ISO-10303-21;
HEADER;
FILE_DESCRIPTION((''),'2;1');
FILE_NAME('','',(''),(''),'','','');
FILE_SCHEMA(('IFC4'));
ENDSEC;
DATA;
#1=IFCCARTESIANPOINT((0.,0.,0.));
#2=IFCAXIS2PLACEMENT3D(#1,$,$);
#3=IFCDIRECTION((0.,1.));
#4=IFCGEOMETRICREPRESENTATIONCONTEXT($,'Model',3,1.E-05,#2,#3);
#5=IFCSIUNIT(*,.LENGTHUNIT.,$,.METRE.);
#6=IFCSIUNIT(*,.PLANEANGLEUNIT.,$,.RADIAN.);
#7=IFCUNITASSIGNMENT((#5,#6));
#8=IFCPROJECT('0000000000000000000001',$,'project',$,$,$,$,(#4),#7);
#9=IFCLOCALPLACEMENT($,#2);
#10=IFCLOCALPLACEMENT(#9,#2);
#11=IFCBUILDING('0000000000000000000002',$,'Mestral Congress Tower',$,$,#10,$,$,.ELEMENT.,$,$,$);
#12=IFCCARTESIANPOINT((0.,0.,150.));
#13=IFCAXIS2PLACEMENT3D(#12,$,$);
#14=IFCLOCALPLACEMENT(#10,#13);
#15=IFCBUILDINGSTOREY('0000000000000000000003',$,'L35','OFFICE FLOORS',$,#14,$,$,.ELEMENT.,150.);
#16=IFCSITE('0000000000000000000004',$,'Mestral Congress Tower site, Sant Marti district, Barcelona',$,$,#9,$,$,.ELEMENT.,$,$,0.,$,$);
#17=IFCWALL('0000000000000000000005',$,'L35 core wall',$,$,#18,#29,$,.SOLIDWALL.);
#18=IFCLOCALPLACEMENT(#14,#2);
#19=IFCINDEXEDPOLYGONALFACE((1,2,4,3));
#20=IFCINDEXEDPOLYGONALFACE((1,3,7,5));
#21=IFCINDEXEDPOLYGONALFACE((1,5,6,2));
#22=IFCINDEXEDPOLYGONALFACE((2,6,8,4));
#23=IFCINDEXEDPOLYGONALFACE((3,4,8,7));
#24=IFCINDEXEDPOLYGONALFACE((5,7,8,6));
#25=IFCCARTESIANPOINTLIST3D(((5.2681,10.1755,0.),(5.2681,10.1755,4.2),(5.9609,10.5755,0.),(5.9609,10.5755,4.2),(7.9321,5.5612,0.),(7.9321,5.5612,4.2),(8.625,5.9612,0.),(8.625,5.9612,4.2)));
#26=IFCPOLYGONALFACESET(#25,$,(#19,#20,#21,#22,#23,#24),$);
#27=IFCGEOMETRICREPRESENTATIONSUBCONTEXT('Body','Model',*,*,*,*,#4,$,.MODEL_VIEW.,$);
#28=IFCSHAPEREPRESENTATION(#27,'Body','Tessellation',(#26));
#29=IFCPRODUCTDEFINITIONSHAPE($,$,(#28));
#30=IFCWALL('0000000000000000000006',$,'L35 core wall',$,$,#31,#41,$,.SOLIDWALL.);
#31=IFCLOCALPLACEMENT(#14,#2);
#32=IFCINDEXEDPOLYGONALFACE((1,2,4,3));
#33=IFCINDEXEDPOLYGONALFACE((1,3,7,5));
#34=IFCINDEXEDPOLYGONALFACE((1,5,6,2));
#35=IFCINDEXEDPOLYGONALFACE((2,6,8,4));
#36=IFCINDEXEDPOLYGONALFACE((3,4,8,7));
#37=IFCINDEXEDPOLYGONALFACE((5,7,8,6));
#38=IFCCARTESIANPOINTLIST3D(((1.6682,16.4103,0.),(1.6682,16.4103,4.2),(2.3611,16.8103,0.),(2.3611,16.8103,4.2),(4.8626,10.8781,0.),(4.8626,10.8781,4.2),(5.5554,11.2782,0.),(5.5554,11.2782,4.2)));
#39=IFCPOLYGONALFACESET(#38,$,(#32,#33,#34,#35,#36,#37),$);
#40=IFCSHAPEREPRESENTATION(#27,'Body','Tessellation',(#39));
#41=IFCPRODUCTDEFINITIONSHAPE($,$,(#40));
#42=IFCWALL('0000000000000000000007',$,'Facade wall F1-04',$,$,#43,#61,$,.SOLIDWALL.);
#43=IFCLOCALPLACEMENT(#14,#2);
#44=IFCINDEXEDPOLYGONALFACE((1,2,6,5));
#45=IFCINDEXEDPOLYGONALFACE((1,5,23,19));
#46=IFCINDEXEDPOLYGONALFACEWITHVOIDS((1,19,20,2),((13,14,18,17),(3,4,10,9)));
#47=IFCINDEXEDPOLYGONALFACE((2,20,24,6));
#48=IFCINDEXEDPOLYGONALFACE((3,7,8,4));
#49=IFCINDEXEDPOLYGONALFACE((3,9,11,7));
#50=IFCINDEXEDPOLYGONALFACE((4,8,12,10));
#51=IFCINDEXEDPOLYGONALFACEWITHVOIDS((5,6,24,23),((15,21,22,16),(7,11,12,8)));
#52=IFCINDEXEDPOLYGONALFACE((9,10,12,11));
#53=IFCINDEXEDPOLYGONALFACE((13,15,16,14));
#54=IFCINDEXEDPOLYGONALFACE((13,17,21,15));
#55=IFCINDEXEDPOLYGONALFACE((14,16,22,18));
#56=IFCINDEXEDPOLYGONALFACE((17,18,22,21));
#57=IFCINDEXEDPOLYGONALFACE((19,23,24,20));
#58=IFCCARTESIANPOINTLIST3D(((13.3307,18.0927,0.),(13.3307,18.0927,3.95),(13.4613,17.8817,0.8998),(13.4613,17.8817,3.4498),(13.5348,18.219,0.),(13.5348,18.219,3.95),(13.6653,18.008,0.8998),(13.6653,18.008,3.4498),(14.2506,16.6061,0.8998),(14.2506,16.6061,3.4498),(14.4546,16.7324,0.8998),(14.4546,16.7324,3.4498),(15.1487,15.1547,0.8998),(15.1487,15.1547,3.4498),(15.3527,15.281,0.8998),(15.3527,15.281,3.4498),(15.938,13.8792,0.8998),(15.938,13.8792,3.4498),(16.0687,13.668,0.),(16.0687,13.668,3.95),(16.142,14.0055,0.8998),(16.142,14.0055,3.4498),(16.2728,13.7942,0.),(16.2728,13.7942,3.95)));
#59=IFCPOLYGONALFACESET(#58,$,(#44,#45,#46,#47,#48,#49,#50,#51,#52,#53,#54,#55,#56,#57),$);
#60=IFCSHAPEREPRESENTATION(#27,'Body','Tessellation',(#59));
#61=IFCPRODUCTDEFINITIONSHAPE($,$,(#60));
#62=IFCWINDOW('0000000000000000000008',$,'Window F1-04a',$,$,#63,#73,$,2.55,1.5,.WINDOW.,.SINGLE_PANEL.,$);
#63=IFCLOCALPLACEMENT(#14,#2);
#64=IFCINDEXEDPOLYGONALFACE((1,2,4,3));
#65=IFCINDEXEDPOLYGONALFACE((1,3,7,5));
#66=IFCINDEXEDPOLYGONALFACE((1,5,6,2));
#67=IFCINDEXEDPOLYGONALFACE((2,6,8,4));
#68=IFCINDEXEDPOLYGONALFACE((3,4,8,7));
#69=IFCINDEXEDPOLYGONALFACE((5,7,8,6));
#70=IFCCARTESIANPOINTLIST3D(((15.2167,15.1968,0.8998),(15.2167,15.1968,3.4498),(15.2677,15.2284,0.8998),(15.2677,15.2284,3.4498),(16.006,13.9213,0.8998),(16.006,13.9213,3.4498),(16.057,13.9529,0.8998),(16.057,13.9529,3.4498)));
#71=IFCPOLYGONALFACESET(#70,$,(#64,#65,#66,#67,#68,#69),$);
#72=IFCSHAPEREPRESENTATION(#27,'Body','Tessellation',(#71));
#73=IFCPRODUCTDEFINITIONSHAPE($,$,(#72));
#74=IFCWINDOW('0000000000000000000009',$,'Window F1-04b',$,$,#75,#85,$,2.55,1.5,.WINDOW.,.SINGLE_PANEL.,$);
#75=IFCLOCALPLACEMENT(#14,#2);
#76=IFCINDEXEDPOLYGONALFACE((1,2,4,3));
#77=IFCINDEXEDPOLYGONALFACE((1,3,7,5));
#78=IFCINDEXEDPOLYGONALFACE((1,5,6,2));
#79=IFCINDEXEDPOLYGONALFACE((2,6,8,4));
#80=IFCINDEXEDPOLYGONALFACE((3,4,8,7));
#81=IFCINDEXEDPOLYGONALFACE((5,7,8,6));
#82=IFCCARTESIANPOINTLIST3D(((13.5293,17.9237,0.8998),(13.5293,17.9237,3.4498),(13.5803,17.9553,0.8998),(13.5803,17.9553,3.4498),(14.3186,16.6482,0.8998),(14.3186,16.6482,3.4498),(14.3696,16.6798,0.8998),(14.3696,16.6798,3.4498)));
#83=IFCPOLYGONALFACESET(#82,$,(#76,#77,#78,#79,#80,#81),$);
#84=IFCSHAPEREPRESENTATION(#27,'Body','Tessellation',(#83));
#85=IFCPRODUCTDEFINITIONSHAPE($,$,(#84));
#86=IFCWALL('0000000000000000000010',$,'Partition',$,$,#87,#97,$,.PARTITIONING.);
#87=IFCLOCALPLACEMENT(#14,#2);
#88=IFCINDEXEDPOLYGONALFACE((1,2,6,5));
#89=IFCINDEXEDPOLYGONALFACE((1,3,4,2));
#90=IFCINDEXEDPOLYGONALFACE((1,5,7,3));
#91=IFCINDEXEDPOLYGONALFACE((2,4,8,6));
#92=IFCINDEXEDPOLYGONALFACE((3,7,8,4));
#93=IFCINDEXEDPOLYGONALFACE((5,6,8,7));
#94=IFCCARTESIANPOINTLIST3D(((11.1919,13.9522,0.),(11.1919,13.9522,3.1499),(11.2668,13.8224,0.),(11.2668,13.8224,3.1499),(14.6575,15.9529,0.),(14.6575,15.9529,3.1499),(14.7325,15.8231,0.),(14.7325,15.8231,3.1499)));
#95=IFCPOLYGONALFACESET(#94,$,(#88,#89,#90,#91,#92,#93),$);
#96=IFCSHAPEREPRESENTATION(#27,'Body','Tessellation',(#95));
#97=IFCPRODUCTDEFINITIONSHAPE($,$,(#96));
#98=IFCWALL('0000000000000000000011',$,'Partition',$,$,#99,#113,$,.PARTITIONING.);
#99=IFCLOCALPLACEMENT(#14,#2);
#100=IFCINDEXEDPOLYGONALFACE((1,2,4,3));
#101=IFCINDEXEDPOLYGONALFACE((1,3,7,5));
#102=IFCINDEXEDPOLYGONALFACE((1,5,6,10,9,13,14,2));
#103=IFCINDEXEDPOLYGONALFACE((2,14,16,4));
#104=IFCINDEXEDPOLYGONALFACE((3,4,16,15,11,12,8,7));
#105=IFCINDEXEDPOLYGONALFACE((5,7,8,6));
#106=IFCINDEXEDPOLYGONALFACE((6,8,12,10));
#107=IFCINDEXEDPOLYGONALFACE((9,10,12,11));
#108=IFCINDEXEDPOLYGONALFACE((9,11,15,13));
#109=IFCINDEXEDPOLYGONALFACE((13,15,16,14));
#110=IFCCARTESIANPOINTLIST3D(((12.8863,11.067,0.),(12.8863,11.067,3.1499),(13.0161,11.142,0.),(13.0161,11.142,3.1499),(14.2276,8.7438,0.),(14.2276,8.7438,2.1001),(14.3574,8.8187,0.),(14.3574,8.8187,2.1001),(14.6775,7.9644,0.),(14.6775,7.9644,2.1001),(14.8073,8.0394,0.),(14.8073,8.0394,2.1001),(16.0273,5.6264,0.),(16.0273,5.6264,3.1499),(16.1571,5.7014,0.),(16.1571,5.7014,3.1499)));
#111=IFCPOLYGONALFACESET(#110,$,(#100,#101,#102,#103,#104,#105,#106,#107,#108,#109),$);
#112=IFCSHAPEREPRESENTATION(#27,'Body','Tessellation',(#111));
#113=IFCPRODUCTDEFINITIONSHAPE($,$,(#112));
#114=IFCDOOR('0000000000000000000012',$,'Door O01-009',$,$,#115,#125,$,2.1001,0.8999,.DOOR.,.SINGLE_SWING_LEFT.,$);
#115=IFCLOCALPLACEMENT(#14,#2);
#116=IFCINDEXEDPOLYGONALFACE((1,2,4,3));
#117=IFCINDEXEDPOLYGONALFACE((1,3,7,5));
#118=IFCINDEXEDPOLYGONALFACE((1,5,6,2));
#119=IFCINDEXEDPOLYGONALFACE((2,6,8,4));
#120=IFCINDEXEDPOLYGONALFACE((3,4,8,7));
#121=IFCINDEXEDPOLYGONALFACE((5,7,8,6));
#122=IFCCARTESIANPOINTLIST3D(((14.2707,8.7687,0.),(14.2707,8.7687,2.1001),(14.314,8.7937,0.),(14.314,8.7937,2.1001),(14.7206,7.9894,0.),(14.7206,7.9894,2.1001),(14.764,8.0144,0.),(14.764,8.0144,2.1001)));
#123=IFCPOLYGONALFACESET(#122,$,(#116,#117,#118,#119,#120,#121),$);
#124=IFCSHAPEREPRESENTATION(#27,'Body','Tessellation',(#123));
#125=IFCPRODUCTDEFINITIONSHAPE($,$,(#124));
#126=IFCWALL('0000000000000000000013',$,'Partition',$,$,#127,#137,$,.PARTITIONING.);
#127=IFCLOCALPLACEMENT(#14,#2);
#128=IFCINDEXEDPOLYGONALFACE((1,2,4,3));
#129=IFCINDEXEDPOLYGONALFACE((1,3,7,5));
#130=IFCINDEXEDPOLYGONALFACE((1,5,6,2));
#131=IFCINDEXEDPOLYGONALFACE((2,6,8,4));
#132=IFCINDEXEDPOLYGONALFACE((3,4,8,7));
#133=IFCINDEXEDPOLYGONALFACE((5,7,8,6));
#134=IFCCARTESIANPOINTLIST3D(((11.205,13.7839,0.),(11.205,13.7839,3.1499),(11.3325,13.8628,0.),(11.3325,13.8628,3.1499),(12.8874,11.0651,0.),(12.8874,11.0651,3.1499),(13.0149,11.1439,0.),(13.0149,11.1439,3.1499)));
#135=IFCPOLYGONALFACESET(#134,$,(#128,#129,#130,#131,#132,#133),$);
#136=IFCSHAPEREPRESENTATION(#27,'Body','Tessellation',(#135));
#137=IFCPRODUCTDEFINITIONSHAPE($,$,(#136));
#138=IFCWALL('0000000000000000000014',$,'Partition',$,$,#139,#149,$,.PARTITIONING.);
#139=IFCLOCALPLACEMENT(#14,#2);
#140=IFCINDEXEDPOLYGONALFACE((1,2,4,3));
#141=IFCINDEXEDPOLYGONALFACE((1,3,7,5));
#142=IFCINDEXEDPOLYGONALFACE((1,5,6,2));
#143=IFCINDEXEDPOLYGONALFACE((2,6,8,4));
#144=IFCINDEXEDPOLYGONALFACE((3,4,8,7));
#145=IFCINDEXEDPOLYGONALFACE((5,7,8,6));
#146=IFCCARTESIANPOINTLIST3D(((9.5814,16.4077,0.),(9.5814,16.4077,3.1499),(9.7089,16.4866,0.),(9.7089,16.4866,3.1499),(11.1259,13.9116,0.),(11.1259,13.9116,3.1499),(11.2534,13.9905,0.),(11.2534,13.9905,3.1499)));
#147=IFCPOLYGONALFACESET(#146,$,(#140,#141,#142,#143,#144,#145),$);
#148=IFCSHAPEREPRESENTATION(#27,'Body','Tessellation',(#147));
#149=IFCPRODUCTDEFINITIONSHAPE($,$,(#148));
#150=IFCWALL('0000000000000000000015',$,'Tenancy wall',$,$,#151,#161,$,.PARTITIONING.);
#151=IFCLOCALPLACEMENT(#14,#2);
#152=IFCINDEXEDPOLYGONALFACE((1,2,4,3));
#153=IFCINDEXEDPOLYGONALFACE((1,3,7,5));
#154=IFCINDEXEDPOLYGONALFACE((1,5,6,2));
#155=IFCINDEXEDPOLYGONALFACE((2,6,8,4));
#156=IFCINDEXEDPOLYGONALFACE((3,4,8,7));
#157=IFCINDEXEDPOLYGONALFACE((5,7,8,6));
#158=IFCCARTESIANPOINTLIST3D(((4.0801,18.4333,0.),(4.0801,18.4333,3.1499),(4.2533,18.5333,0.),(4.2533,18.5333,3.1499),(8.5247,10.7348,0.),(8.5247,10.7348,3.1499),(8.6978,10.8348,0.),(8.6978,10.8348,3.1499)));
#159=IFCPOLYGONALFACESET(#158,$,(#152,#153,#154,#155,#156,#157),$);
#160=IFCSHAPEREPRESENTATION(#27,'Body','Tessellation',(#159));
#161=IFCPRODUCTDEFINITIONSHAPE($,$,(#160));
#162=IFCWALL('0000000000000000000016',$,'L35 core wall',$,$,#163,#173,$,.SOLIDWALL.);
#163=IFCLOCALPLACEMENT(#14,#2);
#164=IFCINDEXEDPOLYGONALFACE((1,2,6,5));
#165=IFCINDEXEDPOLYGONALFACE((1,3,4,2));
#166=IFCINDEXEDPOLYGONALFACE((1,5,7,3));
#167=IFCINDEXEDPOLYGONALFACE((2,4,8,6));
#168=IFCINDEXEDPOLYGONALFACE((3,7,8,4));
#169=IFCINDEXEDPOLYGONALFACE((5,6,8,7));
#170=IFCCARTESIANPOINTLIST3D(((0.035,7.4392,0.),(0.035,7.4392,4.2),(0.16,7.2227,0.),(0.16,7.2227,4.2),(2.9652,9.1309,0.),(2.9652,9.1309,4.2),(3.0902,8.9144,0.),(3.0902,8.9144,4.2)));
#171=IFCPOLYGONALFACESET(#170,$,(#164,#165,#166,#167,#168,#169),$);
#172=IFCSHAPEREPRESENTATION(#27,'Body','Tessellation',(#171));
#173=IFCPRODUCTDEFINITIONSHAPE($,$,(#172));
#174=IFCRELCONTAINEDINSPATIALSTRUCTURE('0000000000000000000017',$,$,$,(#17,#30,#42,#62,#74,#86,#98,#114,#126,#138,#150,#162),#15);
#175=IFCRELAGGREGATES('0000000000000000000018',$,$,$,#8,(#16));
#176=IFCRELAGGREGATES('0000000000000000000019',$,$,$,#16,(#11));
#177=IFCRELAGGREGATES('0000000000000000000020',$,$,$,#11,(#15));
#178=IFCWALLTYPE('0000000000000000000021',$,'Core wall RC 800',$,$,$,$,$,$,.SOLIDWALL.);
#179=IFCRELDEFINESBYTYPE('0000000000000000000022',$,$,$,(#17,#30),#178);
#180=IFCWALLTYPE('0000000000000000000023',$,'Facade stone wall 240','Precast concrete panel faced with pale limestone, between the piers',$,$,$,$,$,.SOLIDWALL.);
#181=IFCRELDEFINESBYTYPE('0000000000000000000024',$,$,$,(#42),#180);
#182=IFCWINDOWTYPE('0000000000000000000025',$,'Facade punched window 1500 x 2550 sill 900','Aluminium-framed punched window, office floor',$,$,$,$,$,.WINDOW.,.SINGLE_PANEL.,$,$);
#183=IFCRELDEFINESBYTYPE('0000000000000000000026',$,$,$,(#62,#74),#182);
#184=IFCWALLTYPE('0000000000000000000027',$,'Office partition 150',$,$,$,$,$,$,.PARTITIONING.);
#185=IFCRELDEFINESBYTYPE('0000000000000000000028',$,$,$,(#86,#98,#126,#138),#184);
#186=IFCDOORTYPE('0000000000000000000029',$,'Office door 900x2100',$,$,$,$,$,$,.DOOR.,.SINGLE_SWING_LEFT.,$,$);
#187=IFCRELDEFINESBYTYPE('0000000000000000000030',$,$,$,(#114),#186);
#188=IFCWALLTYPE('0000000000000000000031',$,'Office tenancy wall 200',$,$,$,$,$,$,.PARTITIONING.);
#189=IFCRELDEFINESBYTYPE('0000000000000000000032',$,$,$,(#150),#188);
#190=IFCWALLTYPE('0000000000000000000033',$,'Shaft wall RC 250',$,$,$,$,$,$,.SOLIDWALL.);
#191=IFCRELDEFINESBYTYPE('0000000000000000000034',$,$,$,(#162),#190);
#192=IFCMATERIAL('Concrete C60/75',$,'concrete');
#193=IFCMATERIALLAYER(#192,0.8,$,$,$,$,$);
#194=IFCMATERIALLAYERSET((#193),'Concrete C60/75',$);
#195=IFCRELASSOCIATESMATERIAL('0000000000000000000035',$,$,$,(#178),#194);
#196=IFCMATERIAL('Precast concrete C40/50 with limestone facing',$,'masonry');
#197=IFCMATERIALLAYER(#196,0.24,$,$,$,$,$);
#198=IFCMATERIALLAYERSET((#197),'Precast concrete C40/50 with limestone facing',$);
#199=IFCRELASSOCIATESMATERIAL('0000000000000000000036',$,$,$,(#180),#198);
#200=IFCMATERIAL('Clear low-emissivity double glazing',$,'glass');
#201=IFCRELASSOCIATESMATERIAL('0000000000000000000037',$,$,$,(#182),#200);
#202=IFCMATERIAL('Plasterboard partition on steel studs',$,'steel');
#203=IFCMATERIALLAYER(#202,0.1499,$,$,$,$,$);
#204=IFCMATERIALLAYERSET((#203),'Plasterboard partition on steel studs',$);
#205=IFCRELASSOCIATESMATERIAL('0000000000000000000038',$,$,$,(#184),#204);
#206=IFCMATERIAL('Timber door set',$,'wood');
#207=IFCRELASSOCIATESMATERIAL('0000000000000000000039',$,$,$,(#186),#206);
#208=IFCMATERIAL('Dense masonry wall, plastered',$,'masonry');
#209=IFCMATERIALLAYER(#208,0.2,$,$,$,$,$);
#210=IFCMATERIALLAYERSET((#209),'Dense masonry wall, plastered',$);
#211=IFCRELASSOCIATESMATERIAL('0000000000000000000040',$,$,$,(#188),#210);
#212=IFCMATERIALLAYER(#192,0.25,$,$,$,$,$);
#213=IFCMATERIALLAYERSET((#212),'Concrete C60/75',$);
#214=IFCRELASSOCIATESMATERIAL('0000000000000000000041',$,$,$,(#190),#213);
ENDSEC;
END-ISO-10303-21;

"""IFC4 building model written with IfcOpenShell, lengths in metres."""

from ifc_helpers import new_model, si_unit, direction, frame, frame_2d, origin, place, context, subcontext, project, spatial, rectangle, extrude, material, layer, layer_set, type_object, element, fill, save


model = new_model("IFC4")

# Units and contexts
model_context = context("Model", 3, precision=1e-05, world=origin(), true_north=direction((0.0, 1.0)))
body_context = subcontext(model_context, "Body", "Model", "MODEL_VIEW")
ifc_project = project(units=[si_unit("LENGTHUNIT", "METRE"), si_unit("PLANEANGLEUNIT", "RADIAN")], contexts=[model_context])

# Site, building, storey
site_placement = place(None, origin())
site = spatial("IfcSite", under=ifc_project, at=site_placement, Name="Mestral Congress Tower site, Sant Marti district, Barcelona", CompositionType="ELEMENT", RefElevation=0.0)
building_placement = place(site_placement, origin())
building = spatial("IfcBuilding", under=site, at=building_placement, Name="Mestral Congress Tower", CompositionType="ELEMENT")
storey_placement = place(building_placement, frame((0.0, 0.0, 150.0)))
storey = spatial("IfcBuildingStorey", under=building, at=storey_placement, Name="L35", Description="OFFICE FLOORS", CompositionType="ELEMENT", Elevation=150.0)

# Shared definitions
ifc_material_1 = material(Name="Concrete C60/75", Category="concrete")

# Walls
ifc_layer_1 = layer(ifc_material_1, 0.8)
ifc_layer_set_1 = layer_set([ifc_layer_1], Name="Concrete C60/75")
wall_type_1 = type_object("IfcWallType", Name="Core wall RC 800", PredefinedType="SOLIDWALL", material=ifc_layer_set_1)
wall_1_placement = place(storey_placement, frame((5.6145, 10.3755, 0.0), z_axis=(0.0, 0.0, 1.0), x_axis=(0.500003, -0.866024, 0.0)))
element("IfcWall", 1, at=wall_1_placement, inside=storey, type_object=wall_type_1, Name="L35 core wall", PredefinedType="SOLIDWALL", context=body_context, shape_type="SweptSolid", body=[
    extrude(rectangle(XDim=5.3281, YDim=0.8, at=frame_2d((2.6641, 0.0))), origin(), (0.0, 0.0, 1.0), 4.2),
])
wall_2_placement = place(storey_placement, frame((5.209, 11.0781, 0.0), z_axis=(0.0, 0.0, 1.0), x_axis=(-0.500036, 0.866005, 0.0)))
element("IfcWall", 2, at=wall_2_placement, inside=storey, type_object=wall_type_1, Name="L35 core wall", PredefinedType="SOLIDWALL", context=body_context, shape_type="SweptSolid", body=[
    extrude(rectangle(XDim=6.3882, YDim=0.8, at=frame_2d((3.1941, 0.0))), origin(), (0.0, 0.0, 1.0), 4.2),
])

# Wall, openings, windows
ifc_material_2 = material(Name="Precast concrete C40/50 with limestone facing", Category="masonry")
ifc_layer_2 = layer(ifc_material_2, 0.24)
ifc_layer_set_2 = layer_set([ifc_layer_2], Name="Precast concrete C40/50 with limestone facing")
wall_type_2 = type_object("IfcWallType", Name="Facade stone wall 240", Description="Precast concrete panel faced with pale limestone, between the piers", PredefinedType="SOLIDWALL", material=ifc_layer_set_2)
wall_3_placement = place(storey_placement, frame((16.1707, 13.7312, 0.0), z_axis=(0.0, 0.0, 1.0), x_axis=(-0.526198, 0.850362, 0.0)))
wall_3 = element("IfcWall", 3, at=wall_3_placement, inside=storey, type_object=wall_type_2, Name="Facade wall F1-04", PredefinedType="SOLIDWALL", context=body_context, shape_type="SweptSolid", body=[
    extrude(rectangle(XDim=5.2034, YDim=0.24, at=frame_2d((2.6016, 0.0))), origin(), (0.0, 0.0, 1.0), 3.95),
])
opening_1_placement = place(wall_3_placement, frame((0.2483, 0.0, 0.8999)))
opening_1 = element("IfcOpeningElement", 4, at=opening_1_placement, cuts=wall_3, PredefinedType="OPENING", context=body_context, shape_type="SweptSolid", body=[
    extrude(rectangle(XDim=1.5, YDim=2.55, at=frame_2d((0.75, 1.2749))), frame((0.0, 0.1299, 0.0), z_axis=(0.0, -1.0, 0.0), x_axis=(1.0, 0.0, 0.0)), (0.0, 0.0, 1.0), 0.26),
])
opening_2_placement = place(wall_3_placement, frame((3.4551, 0.0, 0.8999)))
opening_2 = element("IfcOpeningElement", 5, at=opening_2_placement, cuts=wall_3, PredefinedType="OPENING", context=body_context, shape_type="SweptSolid", body=[
    extrude(rectangle(XDim=1.5, YDim=2.55, at=frame_2d((0.75, 1.2749))), frame((0.0, 0.1299, 0.0), z_axis=(0.0, -1.0, 0.0), x_axis=(1.0, 0.0, 0.0)), (0.0, 0.0, 1.0), 0.26),
])
ifc_material_3 = material(Name="Clear low-emissivity double glazing", Category="glass")
window_type = type_object("IfcWindowType", Name="Facade punched window 1500 x 2550 sill 900", Description="Aluminium-framed punched window, office floor", PartitioningType="SINGLE_PANEL", PredefinedType="WINDOW", material=ifc_material_3)
window_1_placement = place(opening_1_placement, origin())
window_1 = element("IfcWindow", 6, at=window_1_placement, inside=storey, type_object=window_type, Name="Window F1-04a", OverallHeight=2.55, OverallWidth=1.5, PartitioningType="SINGLE_PANEL", PredefinedType="WINDOW", context=body_context, shape_type="SweptSolid", body=[
    extrude(rectangle(XDim=1.5, YDim=2.55, at=frame_2d((0.75, 1.2749))), frame((0.0, 0.04, 0.0), z_axis=(0.0, -1.0, 0.0), x_axis=(1.0, 0.0, 0.0)), (0.0, 0.0, 1.0), 0.0601),
])
fill(opening_1, window_1)
window_2_placement = place(opening_2_placement, origin())
window_2 = element("IfcWindow", 7, at=window_2_placement, inside=storey, type_object=window_type, Name="Window F1-04b", OverallHeight=2.55, OverallWidth=1.5, PartitioningType="SINGLE_PANEL", PredefinedType="WINDOW", context=body_context, shape_type="SweptSolid", body=[
    extrude(rectangle(XDim=1.5, YDim=2.55, at=frame_2d((0.75, 1.2749))), frame((0.0, 0.04, 0.0), z_axis=(0.0, -1.0, 0.0), x_axis=(1.0, 0.0, 0.0)), (0.0, 0.0, 1.0), 0.0601),
])
fill(opening_2, window_2)

# Wall
ifc_material_4 = material(Name="Plasterboard partition on steel studs", Category="steel")
ifc_layer_3 = layer(ifc_material_4, 0.1499)
ifc_layer_set_3 = layer_set([ifc_layer_3], Name="Plasterboard partition on steel studs")
wall_type_3 = type_object("IfcWallType", Name="Office partition 150", PredefinedType="PARTITIONING", material=ifc_layer_set_3)
wall_4_placement = place(storey_placement, frame((11.2292, 13.8872, 0.0), z_axis=(0.0, 0.0, 1.0), x_axis=(0.866038, 0.499978, 0.0)))
element("IfcWall", 8, at=wall_4_placement, inside=storey, type_object=wall_type_3, Name="Partition", PredefinedType="PARTITIONING", context=body_context, shape_type="SweptSolid", body=[
    extrude(rectangle(XDim=4.0017, YDim=0.1499, at=frame_2d((2.001, 0.0))), origin(), (0.0, 0.0, 1.0), 3.1499),
])

# Wall, opening, door
wall_5_placement = place(storey_placement, frame((12.9512, 11.1045, 0.0), z_axis=(0.0, 0.0, 1.0), x_axis=(0.499993, -0.86603, 0.0)))
wall_5 = element("IfcWall", 9, at=wall_5_placement, inside=storey, type_object=wall_type_3, Name="Partition", PredefinedType="PARTITIONING", context=body_context, shape_type="SweptSolid", body=[
    extrude(rectangle(XDim=6.2822, YDim=0.1499, at=frame_2d((3.1411, 0.0))), origin(), (0.0, 0.0, 1.0), 3.1499),
])
opening_3_placement = place(wall_5_placement, frame((2.6826, 0.0, 0.0)))
opening_3 = element("IfcOpeningElement", 10, at=opening_3_placement, cuts=wall_5, PredefinedType="OPENING", context=body_context, shape_type="SweptSolid", body=[
    extrude(rectangle(XDim=0.8999, YDim=2.1001, at=frame_2d((0.45, 1.05))), frame((0.0, 0.085, 0.0), z_axis=(0.0, -1.0, 0.0), x_axis=(1.0, 0.0, 0.0)), (0.0, 0.0, 1.0), 0.1699),
])
ifc_material_5 = material(Name="Timber door set", Category="wood")
door_type_1 = type_object("IfcDoorType", Name="Office door 900x2100", OperationType="SINGLE_SWING_LEFT", PredefinedType="DOOR", material=ifc_material_5)
door_1_placement = place(opening_3_placement, origin())
door_1 = element("IfcDoor", 11, at=door_1_placement, inside=storey, type_object=door_type_1, Name="Door O01-009", OperationType="SINGLE_SWING_LEFT", OverallHeight=2.1001, OverallWidth=0.8999, PredefinedType="DOOR", context=body_context, shape_type="SweptSolid", body=[
    extrude(rectangle(XDim=0.8999, YDim=2.1001, at=frame_2d((0.45, 1.05))), frame((0.0, 0.0249, 0.0), z_axis=(0.0, -1.0, 0.0), x_axis=(1.0, 0.0, 0.0)), (0.0, 0.0, 1.0), 0.05),
])
fill(opening_3, door_1)

# Walls
wall_6_placement = place(storey_placement, frame((12.9512, 11.1045, 0.0), z_axis=(0.0, 0.0, 1.0), x_axis=(-0.526205, 0.850358, 0.0)))
element("IfcWall", 12, at=wall_6_placement, inside=storey, type_object=wall_type_3, Name="Partition", PredefinedType="PARTITIONING", context=body_context, shape_type="SweptSolid", body=[
    extrude(rectangle(XDim=3.1973, YDim=0.1499, at=frame_2d((1.5986, 0.0))), origin(), (0.0, 0.0, 1.0), 3.1499),
])
wall_7_placement = place(storey_placement, frame((11.1897, 13.9509, 0.0), z_axis=(0.0, 0.0, 1.0), x_axis=(-0.526166, 0.850382, 0.0)))
element("IfcWall", 13, at=wall_7_placement, inside=storey, type_object=wall_type_3, Name="Partition", PredefinedType="PARTITIONING", context=body_context, shape_type="SweptSolid", body=[
    extrude(rectangle(XDim=2.9353, YDim=0.1499, at=frame_2d((1.4678, 0.0))), origin(), (0.0, 0.0, 1.0), 3.1499),
])
ifc_material_6 = material(Name="Dense masonry wall, plastered", Category="masonry")
ifc_layer_4 = layer(ifc_material_6, 0.2)
ifc_layer_set_4 = layer_set([ifc_layer_4], Name="Dense masonry wall, plastered")
wall_type_4 = type_object("IfcWallType", Name="Office tenancy wall 200", PredefinedType="PARTITIONING", material=ifc_layer_set_4)
wall_8_placement = place(storey_placement, frame((8.6113, 10.7847, 0.0), z_axis=(0.0, 0.0, 1.0), x_axis=(-0.499988, 0.866032, 0.0)))
element("IfcWall", 14, at=wall_8_placement, inside=storey, type_object=wall_type_4, Name="Tenancy wall", PredefinedType="PARTITIONING", context=body_context, shape_type="SweptSolid", body=[
    extrude(rectangle(XDim=8.8894, YDim=0.2, at=frame_2d((4.4448, 0.0))), origin(), (0.0, 0.0, 1.0), 3.1499),
])
ifc_layer_5 = layer(ifc_material_1, 0.25)
ifc_layer_set_5 = layer_set([ifc_layer_5], Name="Concrete C60/75")
wall_type_5 = type_object("IfcWallType", Name="Shaft wall RC 250", PredefinedType="SOLIDWALL", material=ifc_layer_set_5)
wall_9_placement = place(storey_placement, frame((3.0278, 9.0227, 0.0), z_axis=(0.0, 0.0, 1.0), x_axis=(-0.866037, -0.499981, 0.0)))
element("IfcWall", 15, at=wall_9_placement, inside=storey, type_object=wall_type_5, Name="L35 core wall", PredefinedType="SOLIDWALL", context=body_context, shape_type="SweptSolid", body=[
    extrude(rectangle(XDim=3.3835, YDim=0.25, at=frame_2d((1.6919, 0.0))), origin(), (0.0, 0.0, 1.0), 4.2),
])

save(model, "model.ifc")
